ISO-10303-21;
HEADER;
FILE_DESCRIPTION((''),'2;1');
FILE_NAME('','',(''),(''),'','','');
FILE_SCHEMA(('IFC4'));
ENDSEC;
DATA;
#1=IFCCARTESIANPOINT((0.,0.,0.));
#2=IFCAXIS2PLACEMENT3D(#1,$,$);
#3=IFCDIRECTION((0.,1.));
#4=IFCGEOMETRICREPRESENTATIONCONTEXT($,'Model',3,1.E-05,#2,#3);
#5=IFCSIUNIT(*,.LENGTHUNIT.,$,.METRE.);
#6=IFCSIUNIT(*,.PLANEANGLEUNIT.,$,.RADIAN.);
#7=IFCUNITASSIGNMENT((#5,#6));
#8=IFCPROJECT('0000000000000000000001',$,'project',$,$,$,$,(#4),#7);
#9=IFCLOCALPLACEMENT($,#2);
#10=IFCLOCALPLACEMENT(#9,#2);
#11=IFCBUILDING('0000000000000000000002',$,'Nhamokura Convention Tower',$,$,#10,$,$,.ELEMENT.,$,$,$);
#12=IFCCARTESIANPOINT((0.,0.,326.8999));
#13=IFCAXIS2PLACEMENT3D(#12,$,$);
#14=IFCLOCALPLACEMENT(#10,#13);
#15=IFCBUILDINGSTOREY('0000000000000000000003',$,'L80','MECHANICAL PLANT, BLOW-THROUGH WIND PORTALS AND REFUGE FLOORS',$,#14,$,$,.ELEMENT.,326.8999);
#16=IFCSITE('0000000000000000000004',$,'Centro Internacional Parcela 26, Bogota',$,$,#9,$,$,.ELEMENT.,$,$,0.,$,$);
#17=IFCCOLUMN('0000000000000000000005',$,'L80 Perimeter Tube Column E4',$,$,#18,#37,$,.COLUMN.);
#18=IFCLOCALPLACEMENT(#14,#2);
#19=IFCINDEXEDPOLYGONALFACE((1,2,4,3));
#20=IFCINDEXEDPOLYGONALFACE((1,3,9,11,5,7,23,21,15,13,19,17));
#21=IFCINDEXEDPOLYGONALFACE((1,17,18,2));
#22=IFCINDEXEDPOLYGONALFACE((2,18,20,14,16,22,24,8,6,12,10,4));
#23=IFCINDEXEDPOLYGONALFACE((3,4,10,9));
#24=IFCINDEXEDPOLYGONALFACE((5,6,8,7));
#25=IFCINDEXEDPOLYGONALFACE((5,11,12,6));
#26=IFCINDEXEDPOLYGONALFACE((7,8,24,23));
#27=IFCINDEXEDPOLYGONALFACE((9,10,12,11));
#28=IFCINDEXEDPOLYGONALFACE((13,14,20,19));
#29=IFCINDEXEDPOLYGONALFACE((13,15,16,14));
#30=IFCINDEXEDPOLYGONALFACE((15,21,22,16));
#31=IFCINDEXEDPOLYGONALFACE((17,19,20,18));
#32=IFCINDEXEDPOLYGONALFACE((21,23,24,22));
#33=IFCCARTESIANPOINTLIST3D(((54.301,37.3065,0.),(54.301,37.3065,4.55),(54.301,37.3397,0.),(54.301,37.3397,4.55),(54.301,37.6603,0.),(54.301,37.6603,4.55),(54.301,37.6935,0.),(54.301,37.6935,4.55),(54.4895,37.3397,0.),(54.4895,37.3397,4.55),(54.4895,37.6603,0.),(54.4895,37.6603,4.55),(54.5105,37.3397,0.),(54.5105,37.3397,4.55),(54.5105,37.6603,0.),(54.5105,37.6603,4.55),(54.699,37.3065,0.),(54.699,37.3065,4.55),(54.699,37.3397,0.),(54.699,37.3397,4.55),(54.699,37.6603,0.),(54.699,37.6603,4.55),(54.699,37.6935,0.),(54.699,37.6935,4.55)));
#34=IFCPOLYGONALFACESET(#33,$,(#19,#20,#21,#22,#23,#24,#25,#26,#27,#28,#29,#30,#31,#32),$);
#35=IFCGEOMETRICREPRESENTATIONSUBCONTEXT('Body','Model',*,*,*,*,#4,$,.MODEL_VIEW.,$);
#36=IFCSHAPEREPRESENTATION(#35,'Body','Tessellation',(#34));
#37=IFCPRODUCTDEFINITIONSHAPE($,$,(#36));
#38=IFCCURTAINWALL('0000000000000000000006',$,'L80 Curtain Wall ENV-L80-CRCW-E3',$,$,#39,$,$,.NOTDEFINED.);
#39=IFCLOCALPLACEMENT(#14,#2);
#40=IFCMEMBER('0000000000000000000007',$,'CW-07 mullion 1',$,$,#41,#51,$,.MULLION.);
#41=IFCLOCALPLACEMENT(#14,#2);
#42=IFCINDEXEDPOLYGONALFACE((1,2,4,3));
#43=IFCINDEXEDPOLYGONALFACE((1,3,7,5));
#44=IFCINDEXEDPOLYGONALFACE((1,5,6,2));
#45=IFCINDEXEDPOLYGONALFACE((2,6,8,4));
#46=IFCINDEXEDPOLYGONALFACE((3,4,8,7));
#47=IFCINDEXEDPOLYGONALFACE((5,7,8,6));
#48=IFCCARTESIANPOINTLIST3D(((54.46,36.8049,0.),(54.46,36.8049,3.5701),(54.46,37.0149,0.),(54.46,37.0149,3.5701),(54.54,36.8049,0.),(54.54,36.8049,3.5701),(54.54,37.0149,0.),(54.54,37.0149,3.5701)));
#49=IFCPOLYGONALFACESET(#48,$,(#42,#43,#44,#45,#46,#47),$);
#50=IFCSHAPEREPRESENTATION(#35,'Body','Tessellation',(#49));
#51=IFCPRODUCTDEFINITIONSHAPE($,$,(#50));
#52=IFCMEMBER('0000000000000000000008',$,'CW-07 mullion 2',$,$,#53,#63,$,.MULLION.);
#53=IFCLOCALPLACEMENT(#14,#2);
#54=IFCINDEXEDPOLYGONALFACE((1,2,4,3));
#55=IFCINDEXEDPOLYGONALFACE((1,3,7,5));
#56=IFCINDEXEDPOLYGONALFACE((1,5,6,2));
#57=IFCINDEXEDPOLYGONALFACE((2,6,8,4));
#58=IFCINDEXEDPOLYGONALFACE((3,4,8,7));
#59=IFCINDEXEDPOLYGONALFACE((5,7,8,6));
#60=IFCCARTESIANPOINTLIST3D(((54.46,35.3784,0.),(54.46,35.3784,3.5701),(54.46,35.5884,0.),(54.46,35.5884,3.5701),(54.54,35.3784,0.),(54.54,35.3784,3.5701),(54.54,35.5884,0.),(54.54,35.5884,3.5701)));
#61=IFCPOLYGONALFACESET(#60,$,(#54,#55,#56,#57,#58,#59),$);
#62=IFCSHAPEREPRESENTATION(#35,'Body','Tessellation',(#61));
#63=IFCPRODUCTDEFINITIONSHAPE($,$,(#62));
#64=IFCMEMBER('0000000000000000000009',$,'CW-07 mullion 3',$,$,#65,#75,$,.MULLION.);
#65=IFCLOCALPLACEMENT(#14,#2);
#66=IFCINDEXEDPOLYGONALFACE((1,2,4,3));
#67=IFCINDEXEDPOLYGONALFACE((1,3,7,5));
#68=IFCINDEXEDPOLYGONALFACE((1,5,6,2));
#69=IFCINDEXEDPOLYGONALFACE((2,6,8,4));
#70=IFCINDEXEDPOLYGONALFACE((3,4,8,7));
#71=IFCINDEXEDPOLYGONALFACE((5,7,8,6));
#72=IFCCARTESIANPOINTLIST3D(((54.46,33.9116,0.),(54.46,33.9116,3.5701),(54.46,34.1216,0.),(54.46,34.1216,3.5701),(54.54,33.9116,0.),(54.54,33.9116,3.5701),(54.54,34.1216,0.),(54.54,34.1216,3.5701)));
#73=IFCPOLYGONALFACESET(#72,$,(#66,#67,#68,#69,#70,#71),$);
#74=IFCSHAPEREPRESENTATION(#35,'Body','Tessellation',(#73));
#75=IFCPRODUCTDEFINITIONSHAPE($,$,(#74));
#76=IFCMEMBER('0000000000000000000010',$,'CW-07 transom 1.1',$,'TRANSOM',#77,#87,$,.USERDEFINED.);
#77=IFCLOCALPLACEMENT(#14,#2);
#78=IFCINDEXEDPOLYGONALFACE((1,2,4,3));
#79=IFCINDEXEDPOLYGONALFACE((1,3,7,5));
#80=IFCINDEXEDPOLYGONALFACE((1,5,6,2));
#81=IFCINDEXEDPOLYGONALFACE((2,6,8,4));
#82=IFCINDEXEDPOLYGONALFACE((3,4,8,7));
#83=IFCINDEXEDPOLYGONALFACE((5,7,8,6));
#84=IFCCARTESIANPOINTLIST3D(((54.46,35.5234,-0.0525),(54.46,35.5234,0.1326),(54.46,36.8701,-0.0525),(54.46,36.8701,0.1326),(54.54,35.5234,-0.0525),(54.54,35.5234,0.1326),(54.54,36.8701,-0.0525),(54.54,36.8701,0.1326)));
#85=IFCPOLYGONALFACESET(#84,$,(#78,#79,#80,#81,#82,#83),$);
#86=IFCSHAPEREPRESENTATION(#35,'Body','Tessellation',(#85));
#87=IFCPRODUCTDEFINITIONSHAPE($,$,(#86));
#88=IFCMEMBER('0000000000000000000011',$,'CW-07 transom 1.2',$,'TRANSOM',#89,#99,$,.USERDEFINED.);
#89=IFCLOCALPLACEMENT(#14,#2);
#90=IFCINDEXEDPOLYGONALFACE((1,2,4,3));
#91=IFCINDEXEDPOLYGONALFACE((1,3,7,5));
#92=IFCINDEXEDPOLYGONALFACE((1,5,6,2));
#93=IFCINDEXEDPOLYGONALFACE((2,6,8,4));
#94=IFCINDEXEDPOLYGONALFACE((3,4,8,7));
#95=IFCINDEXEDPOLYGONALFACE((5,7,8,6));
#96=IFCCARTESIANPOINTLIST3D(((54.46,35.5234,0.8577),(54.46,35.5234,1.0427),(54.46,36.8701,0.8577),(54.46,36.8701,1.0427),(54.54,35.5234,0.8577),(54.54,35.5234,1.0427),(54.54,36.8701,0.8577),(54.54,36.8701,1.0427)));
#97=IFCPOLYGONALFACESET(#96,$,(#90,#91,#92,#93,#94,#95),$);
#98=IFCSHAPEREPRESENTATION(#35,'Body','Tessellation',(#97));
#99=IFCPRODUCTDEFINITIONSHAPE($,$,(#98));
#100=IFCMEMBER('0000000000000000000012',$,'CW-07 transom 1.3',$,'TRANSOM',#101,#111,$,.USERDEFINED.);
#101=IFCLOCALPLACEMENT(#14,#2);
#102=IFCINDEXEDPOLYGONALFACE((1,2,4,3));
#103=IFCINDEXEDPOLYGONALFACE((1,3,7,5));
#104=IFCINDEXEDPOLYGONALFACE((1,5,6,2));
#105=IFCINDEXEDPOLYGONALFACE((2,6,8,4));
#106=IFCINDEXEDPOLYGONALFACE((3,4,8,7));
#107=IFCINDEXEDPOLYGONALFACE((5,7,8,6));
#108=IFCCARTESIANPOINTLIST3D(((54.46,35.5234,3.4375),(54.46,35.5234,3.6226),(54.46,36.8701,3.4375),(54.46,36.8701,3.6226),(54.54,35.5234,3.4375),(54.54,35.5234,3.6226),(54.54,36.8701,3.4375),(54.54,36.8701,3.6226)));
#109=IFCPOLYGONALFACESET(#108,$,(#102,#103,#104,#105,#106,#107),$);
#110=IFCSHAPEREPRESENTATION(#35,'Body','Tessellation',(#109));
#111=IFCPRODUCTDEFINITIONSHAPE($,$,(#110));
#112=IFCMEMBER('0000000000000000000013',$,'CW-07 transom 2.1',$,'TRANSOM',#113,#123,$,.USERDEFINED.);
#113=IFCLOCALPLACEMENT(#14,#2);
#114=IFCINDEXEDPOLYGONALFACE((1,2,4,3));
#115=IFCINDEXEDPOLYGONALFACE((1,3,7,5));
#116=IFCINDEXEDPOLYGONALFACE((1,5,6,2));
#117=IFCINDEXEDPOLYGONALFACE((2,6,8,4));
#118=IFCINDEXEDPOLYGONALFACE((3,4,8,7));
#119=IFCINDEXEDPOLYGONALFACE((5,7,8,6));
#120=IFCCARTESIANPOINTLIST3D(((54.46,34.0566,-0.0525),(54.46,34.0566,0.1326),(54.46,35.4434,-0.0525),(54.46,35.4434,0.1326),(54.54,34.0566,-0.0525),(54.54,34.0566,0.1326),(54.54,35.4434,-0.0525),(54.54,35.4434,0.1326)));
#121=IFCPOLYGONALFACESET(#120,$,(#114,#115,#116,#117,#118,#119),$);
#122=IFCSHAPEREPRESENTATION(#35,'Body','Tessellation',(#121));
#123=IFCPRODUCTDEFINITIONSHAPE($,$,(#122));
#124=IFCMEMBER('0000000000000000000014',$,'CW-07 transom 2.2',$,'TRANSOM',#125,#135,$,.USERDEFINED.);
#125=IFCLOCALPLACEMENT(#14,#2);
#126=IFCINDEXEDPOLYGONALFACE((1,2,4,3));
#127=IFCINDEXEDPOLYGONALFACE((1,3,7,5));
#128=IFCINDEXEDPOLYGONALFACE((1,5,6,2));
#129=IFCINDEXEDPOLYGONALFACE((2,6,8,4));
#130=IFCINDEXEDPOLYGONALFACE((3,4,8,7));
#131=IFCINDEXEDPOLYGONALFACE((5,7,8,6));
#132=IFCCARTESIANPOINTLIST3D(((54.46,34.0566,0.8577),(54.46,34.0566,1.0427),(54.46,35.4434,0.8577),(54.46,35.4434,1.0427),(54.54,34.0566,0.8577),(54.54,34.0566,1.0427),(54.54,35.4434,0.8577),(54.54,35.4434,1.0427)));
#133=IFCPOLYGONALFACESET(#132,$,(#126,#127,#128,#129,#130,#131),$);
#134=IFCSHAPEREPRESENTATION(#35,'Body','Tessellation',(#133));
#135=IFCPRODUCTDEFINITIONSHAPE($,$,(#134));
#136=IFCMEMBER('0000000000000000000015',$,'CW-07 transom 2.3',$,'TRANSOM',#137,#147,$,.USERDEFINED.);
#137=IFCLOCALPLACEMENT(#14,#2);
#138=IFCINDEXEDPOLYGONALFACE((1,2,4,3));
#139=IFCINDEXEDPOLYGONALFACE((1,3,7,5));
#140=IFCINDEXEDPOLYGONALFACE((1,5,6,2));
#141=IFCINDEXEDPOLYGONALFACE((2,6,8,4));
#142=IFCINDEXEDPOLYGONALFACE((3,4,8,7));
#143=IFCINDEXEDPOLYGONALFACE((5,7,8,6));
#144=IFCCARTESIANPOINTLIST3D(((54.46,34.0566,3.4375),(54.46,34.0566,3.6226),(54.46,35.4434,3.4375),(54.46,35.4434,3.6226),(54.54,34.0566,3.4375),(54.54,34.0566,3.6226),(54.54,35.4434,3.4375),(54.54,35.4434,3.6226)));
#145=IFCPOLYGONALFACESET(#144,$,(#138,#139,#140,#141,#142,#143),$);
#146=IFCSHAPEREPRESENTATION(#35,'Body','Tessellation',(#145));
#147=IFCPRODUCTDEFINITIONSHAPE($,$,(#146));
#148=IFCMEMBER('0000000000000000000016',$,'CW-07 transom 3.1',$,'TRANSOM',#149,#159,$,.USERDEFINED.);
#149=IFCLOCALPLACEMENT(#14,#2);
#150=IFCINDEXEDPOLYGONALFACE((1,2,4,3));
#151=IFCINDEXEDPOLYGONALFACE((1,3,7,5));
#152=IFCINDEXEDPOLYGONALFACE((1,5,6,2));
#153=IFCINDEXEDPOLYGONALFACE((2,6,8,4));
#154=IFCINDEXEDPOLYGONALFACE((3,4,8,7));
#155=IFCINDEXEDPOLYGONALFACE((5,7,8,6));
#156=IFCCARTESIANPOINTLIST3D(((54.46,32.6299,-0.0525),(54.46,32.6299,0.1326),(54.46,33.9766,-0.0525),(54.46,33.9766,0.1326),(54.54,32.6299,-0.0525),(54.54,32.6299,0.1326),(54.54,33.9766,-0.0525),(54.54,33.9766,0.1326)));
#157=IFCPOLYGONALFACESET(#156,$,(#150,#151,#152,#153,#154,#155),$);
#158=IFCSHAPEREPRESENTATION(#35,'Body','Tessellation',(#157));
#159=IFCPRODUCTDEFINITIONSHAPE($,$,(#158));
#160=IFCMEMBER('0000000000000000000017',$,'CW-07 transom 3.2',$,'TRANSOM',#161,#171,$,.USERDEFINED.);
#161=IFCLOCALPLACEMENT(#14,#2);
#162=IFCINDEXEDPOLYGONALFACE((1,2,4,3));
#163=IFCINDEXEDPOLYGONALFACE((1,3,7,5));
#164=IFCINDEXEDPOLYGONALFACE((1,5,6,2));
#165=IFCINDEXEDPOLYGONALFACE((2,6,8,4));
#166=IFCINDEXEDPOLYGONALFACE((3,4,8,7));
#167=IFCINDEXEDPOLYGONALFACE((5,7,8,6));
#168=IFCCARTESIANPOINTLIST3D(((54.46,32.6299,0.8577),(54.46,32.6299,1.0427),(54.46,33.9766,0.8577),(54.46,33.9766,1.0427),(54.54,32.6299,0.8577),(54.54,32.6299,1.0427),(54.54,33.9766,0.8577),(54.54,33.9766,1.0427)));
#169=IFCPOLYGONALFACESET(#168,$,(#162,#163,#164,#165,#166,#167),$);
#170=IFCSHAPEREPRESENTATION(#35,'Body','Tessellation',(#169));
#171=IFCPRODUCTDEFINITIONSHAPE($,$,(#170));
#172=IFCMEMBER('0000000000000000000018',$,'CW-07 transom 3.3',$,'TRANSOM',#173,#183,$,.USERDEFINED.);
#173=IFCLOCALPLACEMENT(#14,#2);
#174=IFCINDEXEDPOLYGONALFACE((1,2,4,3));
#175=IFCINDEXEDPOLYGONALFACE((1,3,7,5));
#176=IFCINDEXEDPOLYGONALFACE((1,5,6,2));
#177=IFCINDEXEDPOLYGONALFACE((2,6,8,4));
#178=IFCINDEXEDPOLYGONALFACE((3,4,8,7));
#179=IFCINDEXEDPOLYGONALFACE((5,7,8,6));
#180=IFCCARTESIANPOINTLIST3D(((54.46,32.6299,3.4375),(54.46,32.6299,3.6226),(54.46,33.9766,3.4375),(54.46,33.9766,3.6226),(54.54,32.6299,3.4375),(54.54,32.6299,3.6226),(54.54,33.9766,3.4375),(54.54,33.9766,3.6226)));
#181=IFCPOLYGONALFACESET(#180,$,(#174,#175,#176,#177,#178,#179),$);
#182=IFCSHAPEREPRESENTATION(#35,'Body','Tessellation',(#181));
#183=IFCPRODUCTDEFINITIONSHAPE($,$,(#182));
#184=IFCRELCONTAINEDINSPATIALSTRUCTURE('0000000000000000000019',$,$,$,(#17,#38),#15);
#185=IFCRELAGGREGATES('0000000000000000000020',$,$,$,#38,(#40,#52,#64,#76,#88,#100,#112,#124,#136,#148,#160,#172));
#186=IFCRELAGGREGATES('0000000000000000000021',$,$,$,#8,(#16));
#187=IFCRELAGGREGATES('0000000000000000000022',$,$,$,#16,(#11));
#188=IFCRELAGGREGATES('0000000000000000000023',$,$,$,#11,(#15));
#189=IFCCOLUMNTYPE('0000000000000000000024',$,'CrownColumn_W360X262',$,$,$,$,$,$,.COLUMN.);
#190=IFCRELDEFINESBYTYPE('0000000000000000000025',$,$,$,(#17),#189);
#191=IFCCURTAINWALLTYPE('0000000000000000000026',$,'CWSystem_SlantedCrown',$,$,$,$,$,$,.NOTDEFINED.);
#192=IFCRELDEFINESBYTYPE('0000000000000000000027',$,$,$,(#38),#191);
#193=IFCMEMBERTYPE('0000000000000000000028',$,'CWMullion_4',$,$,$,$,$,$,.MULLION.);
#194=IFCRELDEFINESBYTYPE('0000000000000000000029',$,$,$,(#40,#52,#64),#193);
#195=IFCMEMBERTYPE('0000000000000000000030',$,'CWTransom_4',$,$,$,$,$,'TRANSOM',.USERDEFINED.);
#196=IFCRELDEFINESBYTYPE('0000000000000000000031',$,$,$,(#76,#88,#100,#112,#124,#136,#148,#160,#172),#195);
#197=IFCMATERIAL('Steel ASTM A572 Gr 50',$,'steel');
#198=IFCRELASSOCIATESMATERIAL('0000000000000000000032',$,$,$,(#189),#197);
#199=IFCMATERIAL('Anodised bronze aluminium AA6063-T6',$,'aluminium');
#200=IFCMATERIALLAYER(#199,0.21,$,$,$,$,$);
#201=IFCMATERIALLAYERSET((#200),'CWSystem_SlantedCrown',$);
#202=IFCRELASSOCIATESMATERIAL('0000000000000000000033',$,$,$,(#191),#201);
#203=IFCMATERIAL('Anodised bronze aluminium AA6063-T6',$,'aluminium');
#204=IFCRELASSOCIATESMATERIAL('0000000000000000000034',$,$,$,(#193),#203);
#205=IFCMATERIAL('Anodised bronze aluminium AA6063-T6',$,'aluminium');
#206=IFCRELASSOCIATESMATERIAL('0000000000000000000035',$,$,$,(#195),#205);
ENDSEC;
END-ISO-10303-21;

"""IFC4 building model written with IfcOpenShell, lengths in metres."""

from ifc_helpers import new_model, si_unit, direction, frame, origin, origin_2d, place, context, subcontext, project, spatial, rectangle, i_section, extrude, material, layer, layer_set, material_profile, profile_set, type_object, element, aggregate, save


model = new_model("IFC4")

# Units and contexts
model_context = context("Model", 3, precision=1e-05, world=origin(), true_north=direction((0.0, 1.0)))
body_context = subcontext(model_context, "Body", "Model", "MODEL_VIEW")
ifc_project = project(units=[si_unit("LENGTHUNIT", "METRE"), si_unit("PLANEANGLEUNIT", "RADIAN")], contexts=[model_context])

# Site, building, storey
site_placement = place(None, origin())
site = spatial("IfcSite", under=ifc_project, at=site_placement, Name="Centro Internacional Parcela 26, Bogota", CompositionType="ELEMENT", RefElevation=0.0)
building_placement = place(site_placement, origin())
building = spatial("IfcBuilding", under=site, at=building_placement, Name="Nhamokura Convention Tower", CompositionType="ELEMENT")
storey_placement = place(building_placement, frame((0.0, 0.0, 326.8999)))
storey = spatial("IfcBuildingStorey", under=building, at=storey_placement, Name="L80", Description="MECHANICAL PLANT, BLOW-THROUGH WIND PORTALS AND REFUGE FLOORS", CompositionType="ELEMENT", Elevation=326.8999)

# Column
ifc_material_1 = material(Name="Steel ASTM A572 Gr 50", Category="steel")
ifc_material_profile_1 = material_profile(ifc_material_1, i_section(OverallWidth=0.3979, OverallDepth=0.387, WebThickness=0.021, FlangeThickness=0.0332, at=origin_2d()))
ifc_profile_set_1 = profile_set([ifc_material_profile_1], Name="Steel ASTM A572 Gr 50")
column_type = type_object("IfcColumnType", Name="CrownColumn_W360X262", PredefinedType="COLUMN", material=ifc_profile_set_1)
column_placement = place(storey_placement, frame((54.5, 37.5, 0.0), z_axis=(0.0, 0.0, 1.0), x_axis=(1.0, 0.0, 0.0)))
element("IfcColumn", 1, at=column_placement, inside=storey, type_object=column_type, Name="L80 Perimeter Tube Column E4", PredefinedType="COLUMN", context=body_context, shape_type="SweptSolid", body=[
    extrude(i_section(OverallWidth=0.3979, OverallDepth=0.387, WebThickness=0.021, FlangeThickness=0.0332, at=origin_2d()), origin(), (0.0, 0.0, 1.0), 4.55),
])

# Curtain wall, members
ifc_material_2 = material(Name="Anodised bronze aluminium AA6063-T6", Category="aluminium")
ifc_layer_1 = layer(ifc_material_2, 0.21)
ifc_layer_set_1 = layer_set([ifc_layer_1], Name="CWSystem_SlantedCrown")
curtain_wall_type = type_object("IfcCurtainWallType", Name="CWSystem_SlantedCrown", PredefinedType="NOTDEFINED", material=ifc_layer_set_1)
curtain_wall_placement = place(storey_placement, origin())
curtain_wall = element("IfcCurtainWall", 2, at=curtain_wall_placement, inside=storey, type_object=curtain_wall_type, Name="L80 Curtain Wall ENV-L80-CRCW-E3", PredefinedType="NOTDEFINED")
ifc_material_3 = material(Name="Anodised bronze aluminium AA6063-T6", Category="aluminium")
ifc_material_profile_2 = material_profile(ifc_material_3, rectangle(XDim=0.0801, YDim=0.21, at=origin_2d()))
ifc_profile_set_2 = profile_set([ifc_material_profile_2], Name="Anodised bronze aluminium AA6063-T6")
member_type_1 = type_object("IfcMemberType", Name="CWMullion_4", PredefinedType="MULLION", material=ifc_profile_set_2)
member_1_placement = place(storey_placement, frame((54.5, 36.9099, 0.0), z_axis=(0.0, 0.0, 1.0), x_axis=(1.0, 0.0, 0.0)))
member_1 = element("IfcMember", 3, at=member_1_placement, type_object=member_type_1, Name="CW-07 mullion 1", PredefinedType="MULLION", context=body_context, shape_type="SweptSolid", body=[
    extrude(rectangle(XDim=0.0801, YDim=0.21, at=origin_2d()), origin(), (0.0, 0.0, 1.0), 3.5701),
])
member_2_placement = place(storey_placement, frame((54.5, 35.4834, 0.0), z_axis=(0.0, 0.0, 1.0), x_axis=(1.0, 0.0, 0.0)))
member_2 = element("IfcMember", 4, at=member_2_placement, type_object=member_type_1, Name="CW-07 mullion 2", PredefinedType="MULLION", context=body_context, shape_type="SweptSolid", body=[
    extrude(rectangle(XDim=0.0801, YDim=0.21, at=origin_2d()), origin(), (0.0, 0.0, 1.0), 3.5701),
])
member_3_placement = place(storey_placement, frame((54.5, 34.0166, 0.0), z_axis=(0.0, 0.0, 1.0), x_axis=(1.0, 0.0, 0.0)))
member_3 = element("IfcMember", 5, at=member_3_placement, type_object=member_type_1, Name="CW-07 mullion 3", PredefinedType="MULLION", context=body_context, shape_type="SweptSolid", body=[
    extrude(rectangle(XDim=0.0801, YDim=0.21, at=origin_2d()), origin(), (0.0, 0.0, 1.0), 3.5701),
])
ifc_material_4 = material(Name="Anodised bronze aluminium AA6063-T6", Category="aluminium")
ifc_material_profile_3 = material_profile(ifc_material_4, rectangle(XDim=0.0801, YDim=0.1851, at=origin_2d()))
ifc_profile_set_3 = profile_set([ifc_material_profile_3], Name="Anodised bronze aluminium AA6063-T6")
member_type_2 = type_object("IfcMemberType", Name="CWTransom_4", ElementType="TRANSOM", PredefinedType="USERDEFINED", material=ifc_profile_set_3)
member_4_placement = place(storey_placement, frame((54.5, 36.8701, 0.04), z_axis=(0.0, -1.0, 0.0), x_axis=(1.0, 0.0, 0.0)))
member_4 = element("IfcMember", 6, at=member_4_placement, type_object=member_type_2, Name="CW-07 transom 1.1", ObjectType="TRANSOM", PredefinedType="USERDEFINED", context=body_context, shape_type="SweptSolid", body=[
    extrude(rectangle(XDim=0.0801, YDim=0.1851, at=origin_2d()), origin(), (0.0, 0.0, 1.0), 1.3467),
])
member_5_placement = place(storey_placement, frame((54.5, 36.8701, 0.9502), z_axis=(0.0, -1.0, 0.0), x_axis=(1.0, 0.0, 0.0)))
member_5 = element("IfcMember", 7, at=member_5_placement, type_object=member_type_2, Name="CW-07 transom 1.2", ObjectType="TRANSOM", PredefinedType="USERDEFINED", context=body_context, shape_type="SweptSolid", body=[
    extrude(rectangle(XDim=0.0801, YDim=0.1851, at=origin_2d()), origin(), (0.0, 0.0, 1.0), 1.3467),
])
member_6_placement = place(storey_placement, frame((54.5, 36.8701, 3.53), z_axis=(0.0, -1.0, 0.0), x_axis=(1.0, 0.0, 0.0)))
member_6 = element("IfcMember", 8, at=member_6_placement, type_object=member_type_2, Name="CW-07 transom 1.3", ObjectType="TRANSOM", PredefinedType="USERDEFINED", context=body_context, shape_type="SweptSolid", body=[
    extrude(rectangle(XDim=0.0801, YDim=0.1851, at=origin_2d()), origin(), (0.0, 0.0, 1.0), 1.3467),
])
member_7_placement = place(storey_placement, frame((54.5, 35.4434, 0.04), z_axis=(0.0, -1.0, 0.0), x_axis=(1.0, 0.0, 0.0)))
member_7 = element("IfcMember", 9, at=member_7_placement, type_object=member_type_2, Name="CW-07 transom 2.1", ObjectType="TRANSOM", PredefinedType="USERDEFINED", context=body_context, shape_type="SweptSolid", body=[
    extrude(rectangle(XDim=0.0801, YDim=0.1851, at=origin_2d()), origin(), (0.0, 0.0, 1.0), 1.3867),
])
member_8_placement = place(storey_placement, frame((54.5, 35.4434, 0.9502), z_axis=(0.0, -1.0, 0.0), x_axis=(1.0, 0.0, 0.0)))
member_8 = element("IfcMember", 10, at=member_8_placement, type_object=member_type_2, Name="CW-07 transom 2.2", ObjectType="TRANSOM", PredefinedType="USERDEFINED", context=body_context, shape_type="SweptSolid", body=[
    extrude(rectangle(XDim=0.0801, YDim=0.1851, at=origin_2d()), origin(), (0.0, 0.0, 1.0), 1.3867),
])
member_9_placement = place(storey_placement, frame((54.5, 35.4434, 3.53), z_axis=(0.0, -1.0, 0.0), x_axis=(1.0, 0.0, 0.0)))
member_9 = element("IfcMember", 11, at=member_9_placement, type_object=member_type_2, Name="CW-07 transom 2.3", ObjectType="TRANSOM", PredefinedType="USERDEFINED", context=body_context, shape_type="SweptSolid", body=[
    extrude(rectangle(XDim=0.0801, YDim=0.1851, at=origin_2d()), origin(), (0.0, 0.0, 1.0), 1.3867),
])
member_10_placement = place(storey_placement, frame((54.5, 33.9766, 0.04), z_axis=(0.0, -1.0, 0.0), x_axis=(1.0, 0.0, 0.0)))
member_10 = element("IfcMember", 12, at=member_10_placement, type_object=member_type_2, Name="CW-07 transom 3.1", ObjectType="TRANSOM", PredefinedType="USERDEFINED", context=body_context, shape_type="SweptSolid", body=[
    extrude(rectangle(XDim=0.0801, YDim=0.1851, at=origin_2d()), origin(), (0.0, 0.0, 1.0), 1.3467),
])
member_11_placement = place(storey_placement, frame((54.5, 33.9766, 0.9502), z_axis=(0.0, -1.0, 0.0), x_axis=(1.0, 0.0, 0.0)))
member_11 = element("IfcMember", 13, at=member_11_placement, type_object=member_type_2, Name="CW-07 transom 3.2", ObjectType="TRANSOM", PredefinedType="USERDEFINED", context=body_context, shape_type="SweptSolid", body=[
    extrude(rectangle(XDim=0.0801, YDim=0.1851, at=origin_2d()), origin(), (0.0, 0.0, 1.0), 1.3467),
])
member_12_placement = place(storey_placement, frame((54.5, 33.9766, 3.53), z_axis=(0.0, -1.0, 0.0), x_axis=(1.0, 0.0, 0.0)))
member_12 = element("IfcMember", 14, at=member_12_placement, type_object=member_type_2, Name="CW-07 transom 3.3", ObjectType="TRANSOM", PredefinedType="USERDEFINED", context=body_context, shape_type="SweptSolid", body=[
    extrude(rectangle(XDim=0.0801, YDim=0.1851, at=origin_2d()), origin(), (0.0, 0.0, 1.0), 1.3467),
])
aggregate(curtain_wall, [member_1, member_2, member_3, member_4, member_5, member_6, member_7, member_8, member_9, member_10, member_11, member_12])

save(model, "model.ifc")
